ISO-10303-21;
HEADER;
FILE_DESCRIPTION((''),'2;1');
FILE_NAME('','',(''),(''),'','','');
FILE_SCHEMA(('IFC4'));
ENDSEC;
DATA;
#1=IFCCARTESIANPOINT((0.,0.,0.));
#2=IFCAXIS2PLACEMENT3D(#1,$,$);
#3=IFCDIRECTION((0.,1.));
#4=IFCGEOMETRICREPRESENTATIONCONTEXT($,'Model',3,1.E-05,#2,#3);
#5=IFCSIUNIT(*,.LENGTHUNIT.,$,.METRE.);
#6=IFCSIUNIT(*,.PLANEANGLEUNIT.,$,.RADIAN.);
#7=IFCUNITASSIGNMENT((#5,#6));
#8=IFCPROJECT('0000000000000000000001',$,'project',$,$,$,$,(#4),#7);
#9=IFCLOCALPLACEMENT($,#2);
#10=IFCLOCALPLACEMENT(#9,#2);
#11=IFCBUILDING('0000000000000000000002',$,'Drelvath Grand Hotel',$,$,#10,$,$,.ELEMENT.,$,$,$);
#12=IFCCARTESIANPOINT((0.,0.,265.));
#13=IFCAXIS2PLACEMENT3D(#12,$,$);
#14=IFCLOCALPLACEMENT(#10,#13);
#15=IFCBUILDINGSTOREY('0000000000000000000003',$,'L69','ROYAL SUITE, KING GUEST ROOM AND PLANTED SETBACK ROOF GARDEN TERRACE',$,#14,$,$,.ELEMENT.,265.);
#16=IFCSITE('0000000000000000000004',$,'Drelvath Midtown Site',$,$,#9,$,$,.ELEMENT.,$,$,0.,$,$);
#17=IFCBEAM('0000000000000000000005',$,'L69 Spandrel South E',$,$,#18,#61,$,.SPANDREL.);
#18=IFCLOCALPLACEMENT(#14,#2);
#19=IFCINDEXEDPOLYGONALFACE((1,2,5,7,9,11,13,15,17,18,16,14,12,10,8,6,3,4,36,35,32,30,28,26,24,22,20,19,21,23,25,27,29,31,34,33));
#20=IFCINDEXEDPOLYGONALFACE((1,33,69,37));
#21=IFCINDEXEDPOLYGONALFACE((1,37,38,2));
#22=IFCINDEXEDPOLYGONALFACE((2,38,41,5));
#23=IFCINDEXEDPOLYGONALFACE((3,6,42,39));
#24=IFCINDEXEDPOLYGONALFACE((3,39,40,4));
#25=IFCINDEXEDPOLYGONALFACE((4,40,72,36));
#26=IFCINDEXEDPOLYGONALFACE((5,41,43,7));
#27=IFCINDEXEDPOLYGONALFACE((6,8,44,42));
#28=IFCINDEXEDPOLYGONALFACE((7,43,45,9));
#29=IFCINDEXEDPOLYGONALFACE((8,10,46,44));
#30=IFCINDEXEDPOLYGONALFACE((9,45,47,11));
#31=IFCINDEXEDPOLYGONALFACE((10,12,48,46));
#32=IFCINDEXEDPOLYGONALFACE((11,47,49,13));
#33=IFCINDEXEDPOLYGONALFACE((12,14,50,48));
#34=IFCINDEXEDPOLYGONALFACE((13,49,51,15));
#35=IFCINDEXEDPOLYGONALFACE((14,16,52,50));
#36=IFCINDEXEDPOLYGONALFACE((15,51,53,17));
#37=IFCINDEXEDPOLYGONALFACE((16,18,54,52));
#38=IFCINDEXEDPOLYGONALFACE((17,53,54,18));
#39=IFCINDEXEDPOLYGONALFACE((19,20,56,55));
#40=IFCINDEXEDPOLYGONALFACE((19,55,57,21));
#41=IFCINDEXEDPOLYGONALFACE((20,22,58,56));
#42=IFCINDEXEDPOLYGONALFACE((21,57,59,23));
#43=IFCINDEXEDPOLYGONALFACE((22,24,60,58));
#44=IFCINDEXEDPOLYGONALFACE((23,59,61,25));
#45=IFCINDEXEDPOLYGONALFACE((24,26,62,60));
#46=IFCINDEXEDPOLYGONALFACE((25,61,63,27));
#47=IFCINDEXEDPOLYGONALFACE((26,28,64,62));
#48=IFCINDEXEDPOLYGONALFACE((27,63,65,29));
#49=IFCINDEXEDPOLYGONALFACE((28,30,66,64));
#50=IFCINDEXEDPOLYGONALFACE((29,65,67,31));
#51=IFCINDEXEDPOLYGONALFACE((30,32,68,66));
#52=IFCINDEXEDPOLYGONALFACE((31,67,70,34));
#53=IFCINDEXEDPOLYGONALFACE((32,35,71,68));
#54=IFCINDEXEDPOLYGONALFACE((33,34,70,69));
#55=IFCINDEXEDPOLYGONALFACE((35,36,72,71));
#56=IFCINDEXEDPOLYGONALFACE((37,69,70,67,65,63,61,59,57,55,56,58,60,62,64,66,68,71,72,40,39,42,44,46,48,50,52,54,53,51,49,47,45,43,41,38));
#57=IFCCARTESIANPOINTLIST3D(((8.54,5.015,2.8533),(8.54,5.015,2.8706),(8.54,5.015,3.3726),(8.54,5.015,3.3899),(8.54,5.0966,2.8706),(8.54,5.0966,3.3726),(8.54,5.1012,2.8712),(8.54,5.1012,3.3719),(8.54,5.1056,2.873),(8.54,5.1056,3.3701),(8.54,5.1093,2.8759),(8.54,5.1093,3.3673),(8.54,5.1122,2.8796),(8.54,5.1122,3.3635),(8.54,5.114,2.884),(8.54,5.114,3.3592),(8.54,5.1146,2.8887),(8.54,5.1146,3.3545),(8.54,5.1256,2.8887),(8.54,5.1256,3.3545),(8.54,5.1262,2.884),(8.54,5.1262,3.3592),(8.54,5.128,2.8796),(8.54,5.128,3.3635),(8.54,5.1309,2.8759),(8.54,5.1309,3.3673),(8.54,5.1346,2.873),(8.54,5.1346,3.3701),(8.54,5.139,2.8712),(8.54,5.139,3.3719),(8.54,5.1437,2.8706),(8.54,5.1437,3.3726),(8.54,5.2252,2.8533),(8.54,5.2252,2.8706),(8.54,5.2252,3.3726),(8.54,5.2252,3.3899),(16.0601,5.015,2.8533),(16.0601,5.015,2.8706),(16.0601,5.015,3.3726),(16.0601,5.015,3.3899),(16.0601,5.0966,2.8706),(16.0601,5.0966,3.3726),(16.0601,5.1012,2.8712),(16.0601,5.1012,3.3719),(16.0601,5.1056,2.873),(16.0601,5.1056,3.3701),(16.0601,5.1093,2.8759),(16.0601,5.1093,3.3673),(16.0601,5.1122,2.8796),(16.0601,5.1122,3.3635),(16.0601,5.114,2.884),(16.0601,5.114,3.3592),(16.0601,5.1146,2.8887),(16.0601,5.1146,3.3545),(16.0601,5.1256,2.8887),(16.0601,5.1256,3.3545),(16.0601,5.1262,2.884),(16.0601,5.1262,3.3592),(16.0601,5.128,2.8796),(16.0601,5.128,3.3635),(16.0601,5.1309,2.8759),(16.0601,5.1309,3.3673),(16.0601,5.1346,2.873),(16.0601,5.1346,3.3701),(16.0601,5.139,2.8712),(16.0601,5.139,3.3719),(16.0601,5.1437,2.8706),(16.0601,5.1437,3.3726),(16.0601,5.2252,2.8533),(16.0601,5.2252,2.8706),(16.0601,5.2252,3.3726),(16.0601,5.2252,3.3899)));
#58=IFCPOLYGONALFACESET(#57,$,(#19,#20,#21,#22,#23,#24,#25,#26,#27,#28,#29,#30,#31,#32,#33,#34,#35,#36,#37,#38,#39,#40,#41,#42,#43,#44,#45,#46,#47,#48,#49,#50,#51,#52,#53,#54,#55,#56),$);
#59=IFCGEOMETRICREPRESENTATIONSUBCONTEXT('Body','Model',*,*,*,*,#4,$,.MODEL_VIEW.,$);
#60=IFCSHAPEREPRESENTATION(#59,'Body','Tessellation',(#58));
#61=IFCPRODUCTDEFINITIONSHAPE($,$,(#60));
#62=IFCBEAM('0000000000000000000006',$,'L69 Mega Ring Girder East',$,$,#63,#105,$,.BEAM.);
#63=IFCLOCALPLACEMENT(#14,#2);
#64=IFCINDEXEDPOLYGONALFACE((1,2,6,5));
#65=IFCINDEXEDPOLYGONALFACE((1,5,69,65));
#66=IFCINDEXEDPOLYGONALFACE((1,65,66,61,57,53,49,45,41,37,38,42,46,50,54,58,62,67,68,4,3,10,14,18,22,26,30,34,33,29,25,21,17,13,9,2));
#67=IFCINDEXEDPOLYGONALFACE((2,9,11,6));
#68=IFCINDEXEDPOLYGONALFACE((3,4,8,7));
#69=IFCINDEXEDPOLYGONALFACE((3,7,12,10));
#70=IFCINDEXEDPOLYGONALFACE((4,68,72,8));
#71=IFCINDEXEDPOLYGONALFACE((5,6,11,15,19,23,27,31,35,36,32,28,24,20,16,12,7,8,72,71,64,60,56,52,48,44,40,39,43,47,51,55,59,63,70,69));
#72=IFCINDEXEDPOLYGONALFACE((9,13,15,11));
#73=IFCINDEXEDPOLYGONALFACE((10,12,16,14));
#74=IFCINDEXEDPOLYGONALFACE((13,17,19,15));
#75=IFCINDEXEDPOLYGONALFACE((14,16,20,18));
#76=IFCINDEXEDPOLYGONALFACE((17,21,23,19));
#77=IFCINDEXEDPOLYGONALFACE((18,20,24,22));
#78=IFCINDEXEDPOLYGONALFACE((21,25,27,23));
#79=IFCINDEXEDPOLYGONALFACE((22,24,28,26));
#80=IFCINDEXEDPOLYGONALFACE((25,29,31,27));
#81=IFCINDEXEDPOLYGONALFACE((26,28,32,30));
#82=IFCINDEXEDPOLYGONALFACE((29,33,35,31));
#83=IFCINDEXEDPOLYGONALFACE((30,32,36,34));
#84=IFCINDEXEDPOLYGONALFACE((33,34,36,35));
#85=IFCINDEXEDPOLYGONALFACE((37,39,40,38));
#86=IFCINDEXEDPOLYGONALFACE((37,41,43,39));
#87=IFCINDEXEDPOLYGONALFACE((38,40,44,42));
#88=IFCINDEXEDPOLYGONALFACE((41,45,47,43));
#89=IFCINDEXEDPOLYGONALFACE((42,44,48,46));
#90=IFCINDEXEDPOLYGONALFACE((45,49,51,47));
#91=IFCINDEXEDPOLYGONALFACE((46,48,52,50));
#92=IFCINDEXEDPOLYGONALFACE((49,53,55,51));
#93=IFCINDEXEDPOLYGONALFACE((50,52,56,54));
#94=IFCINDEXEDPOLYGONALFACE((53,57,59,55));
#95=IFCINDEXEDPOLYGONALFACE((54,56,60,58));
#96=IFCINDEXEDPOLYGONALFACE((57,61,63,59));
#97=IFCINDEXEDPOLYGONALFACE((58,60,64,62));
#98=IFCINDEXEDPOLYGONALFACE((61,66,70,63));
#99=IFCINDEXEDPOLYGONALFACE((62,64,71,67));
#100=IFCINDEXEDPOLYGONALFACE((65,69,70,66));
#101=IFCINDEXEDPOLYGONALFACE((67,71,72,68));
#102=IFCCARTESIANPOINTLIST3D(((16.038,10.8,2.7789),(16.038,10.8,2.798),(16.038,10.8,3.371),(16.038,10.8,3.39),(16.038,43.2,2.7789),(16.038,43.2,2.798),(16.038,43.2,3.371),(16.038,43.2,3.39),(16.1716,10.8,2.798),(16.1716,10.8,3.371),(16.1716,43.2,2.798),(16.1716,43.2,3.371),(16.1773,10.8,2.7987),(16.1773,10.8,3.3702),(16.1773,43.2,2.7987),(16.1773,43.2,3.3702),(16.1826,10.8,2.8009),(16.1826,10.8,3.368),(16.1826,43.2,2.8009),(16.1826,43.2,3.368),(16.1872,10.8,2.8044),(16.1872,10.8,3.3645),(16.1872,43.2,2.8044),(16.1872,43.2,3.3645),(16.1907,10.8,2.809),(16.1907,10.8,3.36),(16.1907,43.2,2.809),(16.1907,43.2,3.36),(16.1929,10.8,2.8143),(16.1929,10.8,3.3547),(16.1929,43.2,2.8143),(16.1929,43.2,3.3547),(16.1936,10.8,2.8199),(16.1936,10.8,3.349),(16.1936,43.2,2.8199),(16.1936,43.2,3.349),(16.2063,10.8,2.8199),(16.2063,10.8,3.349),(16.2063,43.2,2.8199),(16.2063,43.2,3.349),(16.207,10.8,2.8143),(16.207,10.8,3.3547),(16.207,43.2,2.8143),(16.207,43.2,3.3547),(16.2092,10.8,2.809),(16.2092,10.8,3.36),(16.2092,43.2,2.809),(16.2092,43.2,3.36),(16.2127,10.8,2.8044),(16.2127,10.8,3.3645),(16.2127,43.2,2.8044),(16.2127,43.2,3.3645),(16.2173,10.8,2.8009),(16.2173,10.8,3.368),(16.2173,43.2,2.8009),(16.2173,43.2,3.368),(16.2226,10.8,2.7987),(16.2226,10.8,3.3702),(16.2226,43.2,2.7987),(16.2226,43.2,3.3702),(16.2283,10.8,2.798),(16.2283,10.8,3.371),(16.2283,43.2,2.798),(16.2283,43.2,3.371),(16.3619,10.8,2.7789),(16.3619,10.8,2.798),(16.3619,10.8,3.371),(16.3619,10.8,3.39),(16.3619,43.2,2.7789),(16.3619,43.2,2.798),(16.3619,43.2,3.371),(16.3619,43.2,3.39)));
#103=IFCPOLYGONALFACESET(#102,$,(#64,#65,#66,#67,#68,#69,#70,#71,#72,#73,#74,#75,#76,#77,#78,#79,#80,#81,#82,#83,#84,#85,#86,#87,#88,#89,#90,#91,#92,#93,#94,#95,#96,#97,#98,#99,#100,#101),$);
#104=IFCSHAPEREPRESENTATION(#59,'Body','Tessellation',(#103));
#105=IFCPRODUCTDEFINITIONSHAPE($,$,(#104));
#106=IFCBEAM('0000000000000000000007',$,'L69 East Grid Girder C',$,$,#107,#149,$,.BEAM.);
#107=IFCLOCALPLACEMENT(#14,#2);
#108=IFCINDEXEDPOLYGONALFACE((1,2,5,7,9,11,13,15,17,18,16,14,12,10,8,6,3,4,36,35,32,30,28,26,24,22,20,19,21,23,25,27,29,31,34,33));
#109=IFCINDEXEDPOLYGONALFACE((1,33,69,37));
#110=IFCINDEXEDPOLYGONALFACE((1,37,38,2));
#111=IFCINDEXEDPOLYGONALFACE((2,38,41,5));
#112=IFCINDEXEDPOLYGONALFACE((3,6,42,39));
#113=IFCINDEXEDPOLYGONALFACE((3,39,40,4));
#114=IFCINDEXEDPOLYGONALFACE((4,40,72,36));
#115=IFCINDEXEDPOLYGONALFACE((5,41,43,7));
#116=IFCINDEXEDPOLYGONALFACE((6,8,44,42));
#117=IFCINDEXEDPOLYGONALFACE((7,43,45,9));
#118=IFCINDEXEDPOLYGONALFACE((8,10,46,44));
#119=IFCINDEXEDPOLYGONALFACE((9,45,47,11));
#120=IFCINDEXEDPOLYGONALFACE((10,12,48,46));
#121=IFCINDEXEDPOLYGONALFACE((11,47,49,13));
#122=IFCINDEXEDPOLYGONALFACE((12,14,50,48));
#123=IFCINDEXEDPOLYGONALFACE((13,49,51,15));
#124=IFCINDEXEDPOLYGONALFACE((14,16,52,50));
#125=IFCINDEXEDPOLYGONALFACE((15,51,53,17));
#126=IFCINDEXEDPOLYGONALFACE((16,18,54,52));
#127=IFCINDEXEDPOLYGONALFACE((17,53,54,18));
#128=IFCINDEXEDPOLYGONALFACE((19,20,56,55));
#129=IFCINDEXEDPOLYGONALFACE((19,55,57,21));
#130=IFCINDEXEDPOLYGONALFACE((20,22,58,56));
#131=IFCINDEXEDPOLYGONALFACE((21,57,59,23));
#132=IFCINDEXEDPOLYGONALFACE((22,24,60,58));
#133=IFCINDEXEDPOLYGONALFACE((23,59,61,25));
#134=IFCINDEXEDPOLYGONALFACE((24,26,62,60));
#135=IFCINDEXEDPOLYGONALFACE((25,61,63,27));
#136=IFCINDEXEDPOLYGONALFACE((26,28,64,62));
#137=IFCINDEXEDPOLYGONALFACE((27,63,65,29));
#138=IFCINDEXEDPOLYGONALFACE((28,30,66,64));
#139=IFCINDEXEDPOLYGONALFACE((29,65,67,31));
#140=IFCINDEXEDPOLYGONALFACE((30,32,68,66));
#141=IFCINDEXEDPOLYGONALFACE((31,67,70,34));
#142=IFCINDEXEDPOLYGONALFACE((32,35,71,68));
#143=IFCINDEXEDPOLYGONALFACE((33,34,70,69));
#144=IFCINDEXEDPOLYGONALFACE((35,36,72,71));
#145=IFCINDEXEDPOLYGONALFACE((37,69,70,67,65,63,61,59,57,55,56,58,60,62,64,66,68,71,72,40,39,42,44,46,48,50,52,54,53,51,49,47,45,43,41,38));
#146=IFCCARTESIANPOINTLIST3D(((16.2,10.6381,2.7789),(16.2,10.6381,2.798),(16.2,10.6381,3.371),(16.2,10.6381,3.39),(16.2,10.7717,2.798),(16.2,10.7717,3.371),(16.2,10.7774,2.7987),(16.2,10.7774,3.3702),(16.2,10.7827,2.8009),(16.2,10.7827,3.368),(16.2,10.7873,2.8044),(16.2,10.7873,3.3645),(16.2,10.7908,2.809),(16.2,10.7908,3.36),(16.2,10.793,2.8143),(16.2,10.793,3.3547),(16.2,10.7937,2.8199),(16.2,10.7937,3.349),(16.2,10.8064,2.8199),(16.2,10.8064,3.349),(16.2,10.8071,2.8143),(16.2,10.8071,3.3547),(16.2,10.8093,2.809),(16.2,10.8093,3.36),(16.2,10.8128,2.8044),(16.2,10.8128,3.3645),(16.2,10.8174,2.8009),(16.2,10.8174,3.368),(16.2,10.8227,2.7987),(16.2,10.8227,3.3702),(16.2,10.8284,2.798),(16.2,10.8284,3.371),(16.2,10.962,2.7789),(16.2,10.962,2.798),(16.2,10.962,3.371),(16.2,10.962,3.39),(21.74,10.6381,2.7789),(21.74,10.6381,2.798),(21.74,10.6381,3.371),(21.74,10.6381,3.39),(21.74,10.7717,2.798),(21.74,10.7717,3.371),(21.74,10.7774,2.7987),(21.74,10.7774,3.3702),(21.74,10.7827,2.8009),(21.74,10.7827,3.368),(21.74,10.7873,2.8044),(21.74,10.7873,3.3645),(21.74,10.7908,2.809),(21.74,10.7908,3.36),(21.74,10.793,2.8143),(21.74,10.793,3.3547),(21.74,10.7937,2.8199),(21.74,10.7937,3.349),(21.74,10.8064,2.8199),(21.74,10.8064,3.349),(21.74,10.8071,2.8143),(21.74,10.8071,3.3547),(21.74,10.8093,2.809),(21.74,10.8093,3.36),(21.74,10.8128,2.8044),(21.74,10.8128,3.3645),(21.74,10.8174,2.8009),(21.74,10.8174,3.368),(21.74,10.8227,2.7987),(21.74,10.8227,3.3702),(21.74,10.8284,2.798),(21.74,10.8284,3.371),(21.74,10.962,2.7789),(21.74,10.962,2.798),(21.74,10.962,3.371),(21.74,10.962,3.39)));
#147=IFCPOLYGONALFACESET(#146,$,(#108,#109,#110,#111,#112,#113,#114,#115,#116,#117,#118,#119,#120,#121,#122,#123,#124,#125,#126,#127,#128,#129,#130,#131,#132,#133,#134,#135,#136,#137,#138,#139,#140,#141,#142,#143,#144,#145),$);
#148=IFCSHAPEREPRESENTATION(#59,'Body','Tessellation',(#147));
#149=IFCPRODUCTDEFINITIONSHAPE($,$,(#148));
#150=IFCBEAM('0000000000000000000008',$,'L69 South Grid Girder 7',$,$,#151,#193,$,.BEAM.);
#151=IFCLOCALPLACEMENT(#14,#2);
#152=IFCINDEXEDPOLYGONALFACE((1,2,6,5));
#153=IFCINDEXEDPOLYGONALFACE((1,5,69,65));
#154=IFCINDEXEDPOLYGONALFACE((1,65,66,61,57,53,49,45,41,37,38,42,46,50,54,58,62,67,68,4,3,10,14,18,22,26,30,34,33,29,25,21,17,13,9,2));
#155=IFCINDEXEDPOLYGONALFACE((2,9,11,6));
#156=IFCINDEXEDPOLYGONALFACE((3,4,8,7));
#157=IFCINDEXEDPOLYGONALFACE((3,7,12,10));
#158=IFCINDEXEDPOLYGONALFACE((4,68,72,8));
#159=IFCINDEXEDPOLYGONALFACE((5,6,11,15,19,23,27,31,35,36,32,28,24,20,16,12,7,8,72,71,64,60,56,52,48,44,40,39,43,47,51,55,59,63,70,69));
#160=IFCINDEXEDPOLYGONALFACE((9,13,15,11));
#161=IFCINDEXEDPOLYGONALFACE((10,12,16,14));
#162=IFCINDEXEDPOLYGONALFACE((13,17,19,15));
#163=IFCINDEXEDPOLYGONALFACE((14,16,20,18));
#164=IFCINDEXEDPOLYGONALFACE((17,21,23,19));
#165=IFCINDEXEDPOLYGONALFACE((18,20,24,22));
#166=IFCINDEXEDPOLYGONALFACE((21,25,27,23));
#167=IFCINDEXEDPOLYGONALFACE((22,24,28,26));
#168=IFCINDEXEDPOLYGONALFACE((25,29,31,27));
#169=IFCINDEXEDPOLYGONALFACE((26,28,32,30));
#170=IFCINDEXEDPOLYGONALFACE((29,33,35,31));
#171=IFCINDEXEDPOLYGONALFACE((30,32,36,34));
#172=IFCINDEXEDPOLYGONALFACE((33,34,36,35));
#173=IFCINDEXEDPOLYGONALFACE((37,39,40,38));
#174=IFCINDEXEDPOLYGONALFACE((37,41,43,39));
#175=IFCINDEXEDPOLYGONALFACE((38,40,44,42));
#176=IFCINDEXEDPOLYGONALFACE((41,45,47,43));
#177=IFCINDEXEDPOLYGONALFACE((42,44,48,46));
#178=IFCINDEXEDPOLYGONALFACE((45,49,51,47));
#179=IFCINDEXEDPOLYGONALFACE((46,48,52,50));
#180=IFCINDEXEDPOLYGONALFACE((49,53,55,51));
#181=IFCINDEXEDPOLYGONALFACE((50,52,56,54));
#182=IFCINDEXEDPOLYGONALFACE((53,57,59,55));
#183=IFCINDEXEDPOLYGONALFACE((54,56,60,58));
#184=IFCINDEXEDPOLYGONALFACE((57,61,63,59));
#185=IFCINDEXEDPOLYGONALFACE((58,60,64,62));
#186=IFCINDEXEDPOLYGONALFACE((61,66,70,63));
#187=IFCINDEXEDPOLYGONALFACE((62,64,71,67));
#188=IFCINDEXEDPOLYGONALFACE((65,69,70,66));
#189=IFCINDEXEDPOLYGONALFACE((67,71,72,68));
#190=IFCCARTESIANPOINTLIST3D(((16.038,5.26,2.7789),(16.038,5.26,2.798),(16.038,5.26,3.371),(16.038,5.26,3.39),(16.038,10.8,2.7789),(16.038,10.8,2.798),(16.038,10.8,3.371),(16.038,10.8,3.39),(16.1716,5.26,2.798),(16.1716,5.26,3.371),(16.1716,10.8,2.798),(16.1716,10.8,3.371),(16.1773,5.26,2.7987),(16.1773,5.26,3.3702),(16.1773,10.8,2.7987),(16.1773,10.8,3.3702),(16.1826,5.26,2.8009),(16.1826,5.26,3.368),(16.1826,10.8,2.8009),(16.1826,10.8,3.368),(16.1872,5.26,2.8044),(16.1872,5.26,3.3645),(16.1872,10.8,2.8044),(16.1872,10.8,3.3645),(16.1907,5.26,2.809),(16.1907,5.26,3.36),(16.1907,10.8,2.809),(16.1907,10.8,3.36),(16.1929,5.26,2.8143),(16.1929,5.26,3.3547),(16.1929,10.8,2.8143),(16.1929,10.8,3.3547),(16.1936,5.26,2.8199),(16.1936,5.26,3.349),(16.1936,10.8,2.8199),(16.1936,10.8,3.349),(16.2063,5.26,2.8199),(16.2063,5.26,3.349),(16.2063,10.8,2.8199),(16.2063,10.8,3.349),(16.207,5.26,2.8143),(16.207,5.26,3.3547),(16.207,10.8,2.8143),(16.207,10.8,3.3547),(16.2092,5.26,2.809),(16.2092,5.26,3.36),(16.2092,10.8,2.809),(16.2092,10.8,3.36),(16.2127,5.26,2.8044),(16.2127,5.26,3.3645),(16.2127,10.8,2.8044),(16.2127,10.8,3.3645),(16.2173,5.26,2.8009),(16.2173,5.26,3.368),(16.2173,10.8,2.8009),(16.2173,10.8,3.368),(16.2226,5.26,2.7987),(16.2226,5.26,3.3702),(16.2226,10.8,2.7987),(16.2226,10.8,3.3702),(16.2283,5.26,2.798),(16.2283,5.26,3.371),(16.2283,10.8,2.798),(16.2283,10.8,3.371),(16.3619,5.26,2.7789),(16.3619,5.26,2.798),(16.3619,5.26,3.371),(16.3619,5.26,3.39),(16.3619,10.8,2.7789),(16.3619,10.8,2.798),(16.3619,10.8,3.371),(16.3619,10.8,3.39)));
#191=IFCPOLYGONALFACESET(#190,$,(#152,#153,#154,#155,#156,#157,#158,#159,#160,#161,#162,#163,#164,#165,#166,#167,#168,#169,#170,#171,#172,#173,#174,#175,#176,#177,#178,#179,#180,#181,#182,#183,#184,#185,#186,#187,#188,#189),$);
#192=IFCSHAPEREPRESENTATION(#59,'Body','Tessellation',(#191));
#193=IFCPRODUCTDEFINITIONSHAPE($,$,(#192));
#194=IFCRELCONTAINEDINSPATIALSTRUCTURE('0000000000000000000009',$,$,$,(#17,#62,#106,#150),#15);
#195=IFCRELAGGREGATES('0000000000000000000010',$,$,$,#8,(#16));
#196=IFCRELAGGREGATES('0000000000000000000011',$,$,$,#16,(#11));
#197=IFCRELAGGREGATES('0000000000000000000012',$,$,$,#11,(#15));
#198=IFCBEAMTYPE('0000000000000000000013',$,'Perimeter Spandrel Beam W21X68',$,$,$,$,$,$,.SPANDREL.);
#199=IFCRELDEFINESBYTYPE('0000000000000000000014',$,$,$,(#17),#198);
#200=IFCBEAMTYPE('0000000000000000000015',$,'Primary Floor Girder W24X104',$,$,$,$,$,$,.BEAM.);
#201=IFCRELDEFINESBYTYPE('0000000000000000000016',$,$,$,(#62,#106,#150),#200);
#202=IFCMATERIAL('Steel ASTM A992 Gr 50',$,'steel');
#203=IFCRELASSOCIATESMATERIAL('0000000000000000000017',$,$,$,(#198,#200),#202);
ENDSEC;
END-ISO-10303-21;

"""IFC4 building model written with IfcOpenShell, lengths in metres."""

from ifc_helpers import new_model, si_unit, direction, frame, origin, origin_2d, place, context, subcontext, project, spatial, i_section, extrude, material, material_profile, profile_set, type_object, element, save


model = new_model("IFC4")

# Units and contexts
model_context = context("Model", 3, precision=1e-05, world=origin(), true_north=direction((0.0, 1.0)))
body_context = subcontext(model_context, "Body", "Model", "MODEL_VIEW")
ifc_project = project(units=[si_unit("LENGTHUNIT", "METRE"), si_unit("PLANEANGLEUNIT", "RADIAN")], contexts=[model_context])

# Site, building, storey
site_placement = place(None, origin())
site = spatial("IfcSite", under=ifc_project, at=site_placement, Name="Drelvath Midtown Site", CompositionType="ELEMENT", RefElevation=0.0)
building_placement = place(site_placement, origin())
building = spatial("IfcBuilding", under=site, at=building_placement, Name="Drelvath Grand Hotel", CompositionType="ELEMENT")
storey_placement = place(building_placement, frame((0.0, 0.0, 265.0)))
storey = spatial("IfcBuildingStorey", under=building, at=storey_placement, Name="L69", Description="ROYAL SUITE, KING GUEST ROOM AND PLANTED SETBACK ROOF GARDEN TERRACE", CompositionType="ELEMENT", Elevation=265.0)

# Shared definitions
ifc_material_1 = material(Name="Steel ASTM A992 Gr 50", Category="steel")

# Beams
ifc_material_profile_1 = material_profile(ifc_material_1, i_section(OverallWidth=0.2102, OverallDepth=0.5366, WebThickness=0.011, FlangeThickness=0.0173, FilletRadius=0.0181, at=origin_2d()), Name="W21X68")
ifc_profile_set_1 = profile_set([ifc_material_profile_1], Name="Steel ASTM A992 Gr 50")
beam_type_1 = type_object("IfcBeamType", Name="Perimeter Spandrel Beam W21X68", PredefinedType="SPANDREL", material=ifc_profile_set_1)
for number, where, z_axis, x_axis, name in (
    (1, (8.54, 5.1201, 3.1216), (1.0, 0.0, 0.0), (0.0, 1.0, 0.0), "L69 Spandrel South E"),
):
    element("IfcBeam", number, at=place(storey_placement, frame(where, z_axis=z_axis, x_axis=x_axis)), inside=storey, type_object=beam_type_1, Name=name, PredefinedType="SPANDREL", context=body_context, shape_type="SweptSolid", body=[
        extrude(i_section(OverallWidth=0.2102, OverallDepth=0.5366, WebThickness=0.011, FlangeThickness=0.0173, FilletRadius=0.0181, at=origin_2d()), origin(), (0.0, 0.0, 1.0), 7.52),
    ])
ifc_material_profile_2 = material_profile(ifc_material_1, i_section(OverallWidth=0.324, OverallDepth=0.6111, WebThickness=0.0127, FlangeThickness=0.019, FilletRadius=0.022, at=origin_2d()), Name="W24X104")
ifc_profile_set_2 = profile_set([ifc_material_profile_2], Name="Steel ASTM A992 Gr 50")
beam_type_2 = type_object("IfcBeamType", Name="Primary Floor Girder W24X104", PredefinedType="BEAM", material=ifc_profile_set_2)
beam_1_placement = place(storey_placement, frame((16.2, 10.8, 3.0845), z_axis=(0.0, 1.0, 0.0), x_axis=(-1.0, 0.0, 0.0)))
element("IfcBeam", 2, at=beam_1_placement, inside=storey, type_object=beam_type_2, Name="L69 Mega Ring Girder East", PredefinedType="BEAM", context=body_context, shape_type="SweptSolid", body=[
    extrude(i_section(OverallWidth=0.324, OverallDepth=0.6111, WebThickness=0.0127, FlangeThickness=0.019, FilletRadius=0.022, at=origin_2d()), origin(), (0.0, 0.0, 1.0), 32.3999),
])
for number, where, z_axis, x_axis, name in (
    (3, (16.2, 10.8, 3.0845), (1.0, 0.0, 0.0), (0.0, 1.0, 0.0), "L69 East Grid Girder C"),
    (4, (16.2, 5.26, 3.0845), (0.0, 1.0, 0.0), (-1.0, 0.0, 0.0), "L69 South Grid Girder 7"),
):
    element("IfcBeam", number, at=place(storey_placement, frame(where, z_axis=z_axis, x_axis=x_axis)), inside=storey, type_object=beam_type_2, Name=name, PredefinedType="BEAM", context=body_context, shape_type="SweptSolid", body=[
        extrude(i_section(OverallWidth=0.324, OverallDepth=0.6111, WebThickness=0.0127, FlangeThickness=0.019, FilletRadius=0.022, at=origin_2d()), origin(), (0.0, 0.0, 1.0), 5.54),
    ])

save(model, "model.ifc")
